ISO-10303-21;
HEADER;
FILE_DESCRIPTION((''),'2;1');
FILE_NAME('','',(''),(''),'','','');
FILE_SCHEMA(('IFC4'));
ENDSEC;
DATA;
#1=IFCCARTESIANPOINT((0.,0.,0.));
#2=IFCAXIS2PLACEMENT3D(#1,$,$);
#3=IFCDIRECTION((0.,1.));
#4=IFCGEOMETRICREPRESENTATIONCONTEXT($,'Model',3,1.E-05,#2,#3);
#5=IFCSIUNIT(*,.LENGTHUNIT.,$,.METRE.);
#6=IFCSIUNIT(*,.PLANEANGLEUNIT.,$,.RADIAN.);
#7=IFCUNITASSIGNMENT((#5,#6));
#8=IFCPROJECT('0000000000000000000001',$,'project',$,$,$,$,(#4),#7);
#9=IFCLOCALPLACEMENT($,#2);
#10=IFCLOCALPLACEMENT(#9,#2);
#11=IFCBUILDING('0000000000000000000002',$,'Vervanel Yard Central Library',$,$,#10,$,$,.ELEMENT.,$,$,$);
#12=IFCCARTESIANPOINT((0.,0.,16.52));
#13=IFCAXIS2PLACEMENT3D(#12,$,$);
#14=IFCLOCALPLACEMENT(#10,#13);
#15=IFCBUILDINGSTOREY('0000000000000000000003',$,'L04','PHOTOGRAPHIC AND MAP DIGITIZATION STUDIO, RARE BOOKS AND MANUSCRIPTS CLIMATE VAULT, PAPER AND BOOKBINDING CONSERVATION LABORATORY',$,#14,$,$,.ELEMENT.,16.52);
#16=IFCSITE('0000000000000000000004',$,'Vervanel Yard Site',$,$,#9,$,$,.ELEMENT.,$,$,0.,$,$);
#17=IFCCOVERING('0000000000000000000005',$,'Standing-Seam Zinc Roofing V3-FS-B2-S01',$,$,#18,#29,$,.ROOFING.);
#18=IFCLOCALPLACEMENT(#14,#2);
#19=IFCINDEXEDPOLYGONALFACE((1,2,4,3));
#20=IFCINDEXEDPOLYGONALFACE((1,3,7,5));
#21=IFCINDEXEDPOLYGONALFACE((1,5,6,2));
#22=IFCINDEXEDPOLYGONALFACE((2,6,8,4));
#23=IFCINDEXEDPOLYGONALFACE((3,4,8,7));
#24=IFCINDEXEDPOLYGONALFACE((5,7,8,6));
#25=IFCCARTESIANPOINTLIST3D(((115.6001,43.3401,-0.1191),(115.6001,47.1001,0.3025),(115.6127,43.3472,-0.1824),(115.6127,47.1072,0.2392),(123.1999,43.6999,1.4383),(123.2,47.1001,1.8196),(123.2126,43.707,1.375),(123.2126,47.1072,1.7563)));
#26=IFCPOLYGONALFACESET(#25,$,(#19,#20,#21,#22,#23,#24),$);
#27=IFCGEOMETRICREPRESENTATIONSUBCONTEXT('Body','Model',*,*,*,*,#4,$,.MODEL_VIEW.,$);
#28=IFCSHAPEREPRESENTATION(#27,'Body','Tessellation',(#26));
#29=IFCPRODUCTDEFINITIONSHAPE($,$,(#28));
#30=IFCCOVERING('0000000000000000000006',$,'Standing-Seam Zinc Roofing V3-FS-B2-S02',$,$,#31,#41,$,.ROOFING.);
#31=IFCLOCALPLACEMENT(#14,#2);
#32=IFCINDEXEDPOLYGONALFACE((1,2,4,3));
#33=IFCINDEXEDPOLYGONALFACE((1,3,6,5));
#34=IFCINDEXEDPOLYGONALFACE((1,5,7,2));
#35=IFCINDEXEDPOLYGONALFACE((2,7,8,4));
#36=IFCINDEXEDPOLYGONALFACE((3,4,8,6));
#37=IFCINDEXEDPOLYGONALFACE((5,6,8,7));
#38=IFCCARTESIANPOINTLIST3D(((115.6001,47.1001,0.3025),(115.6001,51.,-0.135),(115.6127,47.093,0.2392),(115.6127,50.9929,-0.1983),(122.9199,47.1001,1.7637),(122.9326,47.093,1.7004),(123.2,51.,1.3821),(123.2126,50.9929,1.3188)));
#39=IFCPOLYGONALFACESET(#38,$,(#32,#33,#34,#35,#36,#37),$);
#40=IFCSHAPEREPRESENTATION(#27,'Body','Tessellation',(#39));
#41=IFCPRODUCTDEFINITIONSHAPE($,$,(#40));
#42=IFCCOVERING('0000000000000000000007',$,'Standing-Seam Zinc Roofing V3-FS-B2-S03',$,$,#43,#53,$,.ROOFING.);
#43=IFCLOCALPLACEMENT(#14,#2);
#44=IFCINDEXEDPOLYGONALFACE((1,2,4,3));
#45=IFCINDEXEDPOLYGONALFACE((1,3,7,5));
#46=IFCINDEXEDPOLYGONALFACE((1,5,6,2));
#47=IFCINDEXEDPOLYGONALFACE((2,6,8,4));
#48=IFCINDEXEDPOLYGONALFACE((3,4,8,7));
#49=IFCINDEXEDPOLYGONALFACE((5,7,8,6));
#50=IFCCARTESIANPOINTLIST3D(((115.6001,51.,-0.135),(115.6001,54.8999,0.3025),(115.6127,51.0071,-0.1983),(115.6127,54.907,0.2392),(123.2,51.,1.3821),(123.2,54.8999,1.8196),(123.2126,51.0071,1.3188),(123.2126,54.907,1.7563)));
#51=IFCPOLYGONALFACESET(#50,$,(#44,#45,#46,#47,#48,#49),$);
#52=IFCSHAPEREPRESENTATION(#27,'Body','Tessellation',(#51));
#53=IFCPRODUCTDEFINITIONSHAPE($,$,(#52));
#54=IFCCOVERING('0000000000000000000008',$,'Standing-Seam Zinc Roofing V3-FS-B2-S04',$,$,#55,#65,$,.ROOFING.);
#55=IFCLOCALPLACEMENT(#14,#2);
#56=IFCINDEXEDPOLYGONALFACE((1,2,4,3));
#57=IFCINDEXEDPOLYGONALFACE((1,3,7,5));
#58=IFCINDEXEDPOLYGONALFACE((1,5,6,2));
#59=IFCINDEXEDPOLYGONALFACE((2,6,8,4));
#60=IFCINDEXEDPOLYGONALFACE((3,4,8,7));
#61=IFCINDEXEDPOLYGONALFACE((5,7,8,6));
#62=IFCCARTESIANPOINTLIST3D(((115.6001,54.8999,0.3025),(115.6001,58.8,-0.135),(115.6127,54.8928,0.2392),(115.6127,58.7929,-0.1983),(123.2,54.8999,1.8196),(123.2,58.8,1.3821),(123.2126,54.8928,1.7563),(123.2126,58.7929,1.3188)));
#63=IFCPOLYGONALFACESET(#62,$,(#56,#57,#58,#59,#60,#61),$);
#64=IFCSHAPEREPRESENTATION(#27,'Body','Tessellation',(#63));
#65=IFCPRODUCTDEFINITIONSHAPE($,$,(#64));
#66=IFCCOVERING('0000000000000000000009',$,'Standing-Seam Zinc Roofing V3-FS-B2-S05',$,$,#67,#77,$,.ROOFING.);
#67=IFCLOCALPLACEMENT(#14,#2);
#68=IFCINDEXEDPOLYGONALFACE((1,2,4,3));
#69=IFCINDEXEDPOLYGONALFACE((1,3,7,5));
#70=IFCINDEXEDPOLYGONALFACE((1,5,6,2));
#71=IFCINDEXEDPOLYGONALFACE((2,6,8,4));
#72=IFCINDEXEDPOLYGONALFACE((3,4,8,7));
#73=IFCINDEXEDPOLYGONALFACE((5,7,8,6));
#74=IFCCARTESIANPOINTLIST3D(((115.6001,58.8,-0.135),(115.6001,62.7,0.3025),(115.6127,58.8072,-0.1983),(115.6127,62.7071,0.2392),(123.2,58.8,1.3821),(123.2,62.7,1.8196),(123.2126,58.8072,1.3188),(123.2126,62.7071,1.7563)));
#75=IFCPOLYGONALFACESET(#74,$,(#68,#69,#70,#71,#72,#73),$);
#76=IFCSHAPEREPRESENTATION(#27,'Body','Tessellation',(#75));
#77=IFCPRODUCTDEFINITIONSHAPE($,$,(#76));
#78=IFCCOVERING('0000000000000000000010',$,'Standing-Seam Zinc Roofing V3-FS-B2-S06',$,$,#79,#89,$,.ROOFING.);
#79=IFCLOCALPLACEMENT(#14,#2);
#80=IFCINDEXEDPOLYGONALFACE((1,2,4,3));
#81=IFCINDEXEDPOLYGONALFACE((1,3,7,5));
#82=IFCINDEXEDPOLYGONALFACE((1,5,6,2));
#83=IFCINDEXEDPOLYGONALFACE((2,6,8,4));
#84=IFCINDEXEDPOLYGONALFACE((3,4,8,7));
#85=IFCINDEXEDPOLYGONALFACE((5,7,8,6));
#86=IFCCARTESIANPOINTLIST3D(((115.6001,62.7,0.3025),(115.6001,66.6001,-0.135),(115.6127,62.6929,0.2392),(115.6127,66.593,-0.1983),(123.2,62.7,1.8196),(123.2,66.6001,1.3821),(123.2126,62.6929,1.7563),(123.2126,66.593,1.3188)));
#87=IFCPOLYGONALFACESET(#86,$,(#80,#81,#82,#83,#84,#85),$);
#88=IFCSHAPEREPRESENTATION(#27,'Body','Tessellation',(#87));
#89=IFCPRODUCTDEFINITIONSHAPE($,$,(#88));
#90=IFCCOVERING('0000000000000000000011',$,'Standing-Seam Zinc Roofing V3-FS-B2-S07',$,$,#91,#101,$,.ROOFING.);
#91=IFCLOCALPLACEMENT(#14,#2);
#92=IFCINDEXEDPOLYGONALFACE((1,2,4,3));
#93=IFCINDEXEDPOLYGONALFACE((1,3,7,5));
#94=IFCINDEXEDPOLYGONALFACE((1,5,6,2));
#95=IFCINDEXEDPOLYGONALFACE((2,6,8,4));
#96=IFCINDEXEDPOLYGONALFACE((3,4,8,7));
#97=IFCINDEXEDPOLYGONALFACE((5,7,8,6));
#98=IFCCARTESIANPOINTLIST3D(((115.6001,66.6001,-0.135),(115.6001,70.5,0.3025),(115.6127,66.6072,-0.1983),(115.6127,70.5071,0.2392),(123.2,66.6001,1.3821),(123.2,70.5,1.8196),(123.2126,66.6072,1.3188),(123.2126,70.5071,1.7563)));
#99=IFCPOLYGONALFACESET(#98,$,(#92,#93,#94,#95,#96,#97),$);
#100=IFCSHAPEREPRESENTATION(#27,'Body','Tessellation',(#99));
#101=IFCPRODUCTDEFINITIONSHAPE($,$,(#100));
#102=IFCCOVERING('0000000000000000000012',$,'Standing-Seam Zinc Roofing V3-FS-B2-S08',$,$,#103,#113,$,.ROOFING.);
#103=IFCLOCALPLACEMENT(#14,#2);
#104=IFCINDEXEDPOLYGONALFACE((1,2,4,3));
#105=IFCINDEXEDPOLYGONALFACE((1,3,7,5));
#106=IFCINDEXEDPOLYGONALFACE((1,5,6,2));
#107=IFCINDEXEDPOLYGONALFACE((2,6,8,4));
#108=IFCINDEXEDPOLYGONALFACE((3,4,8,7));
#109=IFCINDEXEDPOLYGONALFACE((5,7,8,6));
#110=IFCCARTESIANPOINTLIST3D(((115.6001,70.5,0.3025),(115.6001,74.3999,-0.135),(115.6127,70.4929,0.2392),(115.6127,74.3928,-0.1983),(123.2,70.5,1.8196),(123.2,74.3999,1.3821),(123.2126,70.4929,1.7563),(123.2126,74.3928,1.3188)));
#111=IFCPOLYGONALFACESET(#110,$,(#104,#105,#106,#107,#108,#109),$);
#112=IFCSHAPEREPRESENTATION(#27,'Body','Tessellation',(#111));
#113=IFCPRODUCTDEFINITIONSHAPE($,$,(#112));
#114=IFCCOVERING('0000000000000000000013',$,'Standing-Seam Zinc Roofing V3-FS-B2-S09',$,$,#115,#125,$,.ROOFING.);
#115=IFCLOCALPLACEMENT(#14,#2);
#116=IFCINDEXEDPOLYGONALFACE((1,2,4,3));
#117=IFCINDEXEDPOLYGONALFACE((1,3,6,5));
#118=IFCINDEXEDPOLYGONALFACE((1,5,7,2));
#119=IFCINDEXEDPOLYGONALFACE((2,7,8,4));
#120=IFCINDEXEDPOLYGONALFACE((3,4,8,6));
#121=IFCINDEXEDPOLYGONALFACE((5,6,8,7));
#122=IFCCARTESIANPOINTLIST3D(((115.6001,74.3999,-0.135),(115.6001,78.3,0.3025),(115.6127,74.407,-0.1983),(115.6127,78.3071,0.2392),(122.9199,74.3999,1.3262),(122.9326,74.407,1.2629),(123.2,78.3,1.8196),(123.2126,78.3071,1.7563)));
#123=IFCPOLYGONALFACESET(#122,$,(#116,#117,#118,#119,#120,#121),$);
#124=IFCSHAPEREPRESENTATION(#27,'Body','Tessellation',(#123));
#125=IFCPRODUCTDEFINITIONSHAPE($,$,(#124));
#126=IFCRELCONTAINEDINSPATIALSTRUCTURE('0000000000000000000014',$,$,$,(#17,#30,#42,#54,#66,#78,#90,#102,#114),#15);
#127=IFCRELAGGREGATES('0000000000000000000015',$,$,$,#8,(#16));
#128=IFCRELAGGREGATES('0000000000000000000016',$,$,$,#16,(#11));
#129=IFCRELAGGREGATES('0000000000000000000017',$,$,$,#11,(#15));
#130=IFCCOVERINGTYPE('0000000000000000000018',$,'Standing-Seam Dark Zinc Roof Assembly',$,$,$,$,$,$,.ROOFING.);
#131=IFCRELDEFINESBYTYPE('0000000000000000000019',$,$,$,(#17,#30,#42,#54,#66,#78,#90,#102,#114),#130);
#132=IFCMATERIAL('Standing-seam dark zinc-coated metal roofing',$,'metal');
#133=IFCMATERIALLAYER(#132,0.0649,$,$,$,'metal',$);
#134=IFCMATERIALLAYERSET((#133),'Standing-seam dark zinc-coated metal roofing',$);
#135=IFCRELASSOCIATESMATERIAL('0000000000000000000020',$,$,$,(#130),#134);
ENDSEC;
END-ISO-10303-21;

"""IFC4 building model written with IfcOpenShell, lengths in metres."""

from ifc_helpers import new_model, si_unit, direction, frame, origin, place, context, subcontext, project, spatial, polyline, outline, extrude, material, layer, layer_set, type_object, element, save


model = new_model("IFC4")

# Units and contexts
model_context = context("Model", 3, precision=1e-05, world=origin(), true_north=direction((0.0, 1.0)))
body_context = subcontext(model_context, "Body", "Model", "MODEL_VIEW")
ifc_project = project(units=[si_unit("LENGTHUNIT", "METRE"), si_unit("PLANEANGLEUNIT", "RADIAN")], contexts=[model_context])

# Site, building, storey
site_placement = place(None, origin())
site = spatial("IfcSite", under=ifc_project, at=site_placement, Name="Vervanel Yard Site", CompositionType="ELEMENT", RefElevation=0.0)
building_placement = place(site_placement, origin())
building = spatial("IfcBuilding", under=site, at=building_placement, Name="Vervanel Yard Central Library", CompositionType="ELEMENT")
storey_placement = place(building_placement, frame((0.0, 0.0, 16.52)))
storey = spatial("IfcBuildingStorey", under=building, at=storey_placement, Name="L04", Description="PHOTOGRAPHIC AND MAP DIGITIZATION STUDIO, RARE BOOKS AND MANUSCRIPTS CLIMATE VAULT, PAPER AND BOOKBINDING CONSERVATION LABORATORY", CompositionType="ELEMENT", Elevation=16.52)

# Coverings
ifc_material_1 = material(Name="Standing-seam dark zinc-coated metal roofing", Category="metal")
ifc_layer_1 = layer(ifc_material_1, 0.0649, Category="metal")
ifc_layer_set_1 = layer_set([ifc_layer_1], Name="Standing-seam dark zinc-coated metal roofing")
covering_type = type_object("IfcCoveringType", Name="Standing-Seam Dark Zinc Roof Assembly", PredefinedType="ROOFING", material=ifc_layer_set_1)
covering_1_placement = place(storey_placement, frame((115.6001, 43.3401, -0.1191), z_axis=(-0.194581, -0.109317, 0.974776), x_axis=(0.978589, 0.046337, 0.200539)))
element("IfcCovering", 1, at=covering_1_placement, inside=storey, type_object=covering_type, Name="Standing-Seam Zinc Roofing V3-FS-B2-S01", PredefinedType="ROOFING", context=body_context, shape_type="SweptSolid", body=[
    extrude(outline(polyline([(0.0, 0.0), (7.7661, 0.0), (8.0002, 3.4135), (0.2588, 3.7747), (0.0, 0.0)])), origin(), (0.0, 0.0, -1.0), 0.0649),
])
covering_2_placement = place(storey_placement, frame((115.6001, 47.1001, 0.3025), z_axis=(-0.194584, 0.109351, 0.974771), x_axis=(0.980652, 0.0, 0.195758)))
element("IfcCovering", 2, at=covering_2_placement, inside=storey, type_object=covering_type, Name="Standing-Seam Zinc Roofing V3-FS-B2-S02", PredefinedType="ROOFING", context=body_context, shape_type="SweptSolid", body=[
    extrude(outline(polyline([(0.0, 0.0), (7.4642, 0.0), (7.6642, 3.9234), (-0.0856, 3.9234), (0.0, 0.0)])), origin(), (0.0, 0.0, -1.0), 0.0649),
])
covering_3_placement = place(storey_placement, frame((115.6001, 51.0, -0.135), z_axis=(-0.194585, -0.109352, 0.974771), x_axis=(0.980652, 0.0, 0.195759)))
element("IfcCovering", 3, at=covering_3_placement, inside=storey, type_object=covering_type, Name="Standing-Seam Zinc Roofing V3-FS-B2-S03", PredefinedType="ROOFING", context=body_context, shape_type="SweptSolid", body=[
    extrude(outline(polyline([(0.0, 0.0), (7.7498, 0.0), (7.8354, 3.9234), (0.0856, 3.9234), (0.0, 0.0)])), origin(), (0.0, 0.0, -1.0), 0.0649),
])
covering_4_placement = place(storey_placement, frame((115.6001, 54.8999, 0.3025), z_axis=(-0.194585, 0.109345, 0.974772), x_axis=(0.980652, 0.0, 0.195759)))
element("IfcCovering", 4, at=covering_4_placement, inside=storey, type_object=covering_type, Name="Standing-Seam Zinc Roofing V3-FS-B2-S04", PredefinedType="ROOFING", context=body_context, shape_type="SweptSolid", body=[
    extrude(outline(polyline([(0.0, 0.0), (7.7498, 0.0), (7.6642, 3.9237), (-0.0856, 3.9237), (0.0, 0.0)])), origin(), (0.0, 0.0, -1.0), 0.0649),
])
covering_5_placement = place(storey_placement, frame((115.6001, 58.8, -0.135), z_axis=(-0.194585, -0.109352, 0.974771), x_axis=(0.980652, 0.0, 0.195759)))
element("IfcCovering", 5, at=covering_5_placement, inside=storey, type_object=covering_type, Name="Standing-Seam Zinc Roofing V3-FS-B2-S05", PredefinedType="ROOFING", context=body_context, shape_type="SweptSolid", body=[
    extrude(outline(polyline([(0.0, 0.0), (7.7498, 0.0), (7.8354, 3.9234), (0.0856, 3.9234), (0.0, 0.0)])), origin(), (0.0, 0.0, -1.0), 0.0649),
])
covering_6_placement = place(storey_placement, frame((115.6001, 62.7, 0.3025), z_axis=(-0.194585, 0.109345, 0.974772), x_axis=(0.980652, 0.0, 0.195759)))
element("IfcCovering", 6, at=covering_6_placement, inside=storey, type_object=covering_type, Name="Standing-Seam Zinc Roofing V3-FS-B2-S06", PredefinedType="ROOFING", context=body_context, shape_type="SweptSolid", body=[
    extrude(outline(polyline([(0.0, 0.0), (7.7498, 0.0), (7.6642, 3.9237), (-0.0856, 3.9237), (0.0, 0.0)])), origin(), (0.0, 0.0, -1.0), 0.0649),
])
covering_7_placement = place(storey_placement, frame((115.6001, 66.6001, -0.135), z_axis=(-0.194585, -0.109352, 0.974771), x_axis=(0.980652, 0.0, 0.195759)))
element("IfcCovering", 7, at=covering_7_placement, inside=storey, type_object=covering_type, Name="Standing-Seam Zinc Roofing V3-FS-B2-S07", PredefinedType="ROOFING", context=body_context, shape_type="SweptSolid", body=[
    extrude(outline(polyline([(0.0, 0.0), (7.7498, 0.0), (7.8354, 3.9234), (0.0856, 3.9234), (0.0, 0.0)])), origin(), (0.0, 0.0, -1.0), 0.0649),
])
covering_8_placement = place(storey_placement, frame((115.6001, 70.5, 0.3025), z_axis=(-0.194585, 0.109352, 0.974771), x_axis=(0.980652, 0.0, 0.195759)))
element("IfcCovering", 8, at=covering_8_placement, inside=storey, type_object=covering_type, Name="Standing-Seam Zinc Roofing V3-FS-B2-S08", PredefinedType="ROOFING", context=body_context, shape_type="SweptSolid", body=[
    extrude(outline(polyline([(0.0, 0.0), (7.7498, 0.0), (7.6642, 3.9234), (-0.0856, 3.9234), (0.0, 0.0)])), origin(), (0.0, 0.0, -1.0), 0.0649),
])
covering_9_placement = place(storey_placement, frame((115.6001, 74.3999, -0.135), z_axis=(-0.194584, -0.109346, 0.974772), x_axis=(0.980652, 0.0, 0.195758)))
element("IfcCovering", 9, at=covering_9_placement, inside=storey, type_object=covering_type, Name="Standing-Seam Zinc Roofing V3-FS-B2-S09", PredefinedType="ROOFING", context=body_context, shape_type="SweptSolid", body=[
    extrude(outline(polyline([(0.0, 0.0), (7.4642, 0.0), (7.8354, 3.9237), (0.0856, 3.9237), (0.0, 0.0)])), origin(), (0.0, 0.0, -1.0), 0.0649),
])

save(model, "model.ifc")
